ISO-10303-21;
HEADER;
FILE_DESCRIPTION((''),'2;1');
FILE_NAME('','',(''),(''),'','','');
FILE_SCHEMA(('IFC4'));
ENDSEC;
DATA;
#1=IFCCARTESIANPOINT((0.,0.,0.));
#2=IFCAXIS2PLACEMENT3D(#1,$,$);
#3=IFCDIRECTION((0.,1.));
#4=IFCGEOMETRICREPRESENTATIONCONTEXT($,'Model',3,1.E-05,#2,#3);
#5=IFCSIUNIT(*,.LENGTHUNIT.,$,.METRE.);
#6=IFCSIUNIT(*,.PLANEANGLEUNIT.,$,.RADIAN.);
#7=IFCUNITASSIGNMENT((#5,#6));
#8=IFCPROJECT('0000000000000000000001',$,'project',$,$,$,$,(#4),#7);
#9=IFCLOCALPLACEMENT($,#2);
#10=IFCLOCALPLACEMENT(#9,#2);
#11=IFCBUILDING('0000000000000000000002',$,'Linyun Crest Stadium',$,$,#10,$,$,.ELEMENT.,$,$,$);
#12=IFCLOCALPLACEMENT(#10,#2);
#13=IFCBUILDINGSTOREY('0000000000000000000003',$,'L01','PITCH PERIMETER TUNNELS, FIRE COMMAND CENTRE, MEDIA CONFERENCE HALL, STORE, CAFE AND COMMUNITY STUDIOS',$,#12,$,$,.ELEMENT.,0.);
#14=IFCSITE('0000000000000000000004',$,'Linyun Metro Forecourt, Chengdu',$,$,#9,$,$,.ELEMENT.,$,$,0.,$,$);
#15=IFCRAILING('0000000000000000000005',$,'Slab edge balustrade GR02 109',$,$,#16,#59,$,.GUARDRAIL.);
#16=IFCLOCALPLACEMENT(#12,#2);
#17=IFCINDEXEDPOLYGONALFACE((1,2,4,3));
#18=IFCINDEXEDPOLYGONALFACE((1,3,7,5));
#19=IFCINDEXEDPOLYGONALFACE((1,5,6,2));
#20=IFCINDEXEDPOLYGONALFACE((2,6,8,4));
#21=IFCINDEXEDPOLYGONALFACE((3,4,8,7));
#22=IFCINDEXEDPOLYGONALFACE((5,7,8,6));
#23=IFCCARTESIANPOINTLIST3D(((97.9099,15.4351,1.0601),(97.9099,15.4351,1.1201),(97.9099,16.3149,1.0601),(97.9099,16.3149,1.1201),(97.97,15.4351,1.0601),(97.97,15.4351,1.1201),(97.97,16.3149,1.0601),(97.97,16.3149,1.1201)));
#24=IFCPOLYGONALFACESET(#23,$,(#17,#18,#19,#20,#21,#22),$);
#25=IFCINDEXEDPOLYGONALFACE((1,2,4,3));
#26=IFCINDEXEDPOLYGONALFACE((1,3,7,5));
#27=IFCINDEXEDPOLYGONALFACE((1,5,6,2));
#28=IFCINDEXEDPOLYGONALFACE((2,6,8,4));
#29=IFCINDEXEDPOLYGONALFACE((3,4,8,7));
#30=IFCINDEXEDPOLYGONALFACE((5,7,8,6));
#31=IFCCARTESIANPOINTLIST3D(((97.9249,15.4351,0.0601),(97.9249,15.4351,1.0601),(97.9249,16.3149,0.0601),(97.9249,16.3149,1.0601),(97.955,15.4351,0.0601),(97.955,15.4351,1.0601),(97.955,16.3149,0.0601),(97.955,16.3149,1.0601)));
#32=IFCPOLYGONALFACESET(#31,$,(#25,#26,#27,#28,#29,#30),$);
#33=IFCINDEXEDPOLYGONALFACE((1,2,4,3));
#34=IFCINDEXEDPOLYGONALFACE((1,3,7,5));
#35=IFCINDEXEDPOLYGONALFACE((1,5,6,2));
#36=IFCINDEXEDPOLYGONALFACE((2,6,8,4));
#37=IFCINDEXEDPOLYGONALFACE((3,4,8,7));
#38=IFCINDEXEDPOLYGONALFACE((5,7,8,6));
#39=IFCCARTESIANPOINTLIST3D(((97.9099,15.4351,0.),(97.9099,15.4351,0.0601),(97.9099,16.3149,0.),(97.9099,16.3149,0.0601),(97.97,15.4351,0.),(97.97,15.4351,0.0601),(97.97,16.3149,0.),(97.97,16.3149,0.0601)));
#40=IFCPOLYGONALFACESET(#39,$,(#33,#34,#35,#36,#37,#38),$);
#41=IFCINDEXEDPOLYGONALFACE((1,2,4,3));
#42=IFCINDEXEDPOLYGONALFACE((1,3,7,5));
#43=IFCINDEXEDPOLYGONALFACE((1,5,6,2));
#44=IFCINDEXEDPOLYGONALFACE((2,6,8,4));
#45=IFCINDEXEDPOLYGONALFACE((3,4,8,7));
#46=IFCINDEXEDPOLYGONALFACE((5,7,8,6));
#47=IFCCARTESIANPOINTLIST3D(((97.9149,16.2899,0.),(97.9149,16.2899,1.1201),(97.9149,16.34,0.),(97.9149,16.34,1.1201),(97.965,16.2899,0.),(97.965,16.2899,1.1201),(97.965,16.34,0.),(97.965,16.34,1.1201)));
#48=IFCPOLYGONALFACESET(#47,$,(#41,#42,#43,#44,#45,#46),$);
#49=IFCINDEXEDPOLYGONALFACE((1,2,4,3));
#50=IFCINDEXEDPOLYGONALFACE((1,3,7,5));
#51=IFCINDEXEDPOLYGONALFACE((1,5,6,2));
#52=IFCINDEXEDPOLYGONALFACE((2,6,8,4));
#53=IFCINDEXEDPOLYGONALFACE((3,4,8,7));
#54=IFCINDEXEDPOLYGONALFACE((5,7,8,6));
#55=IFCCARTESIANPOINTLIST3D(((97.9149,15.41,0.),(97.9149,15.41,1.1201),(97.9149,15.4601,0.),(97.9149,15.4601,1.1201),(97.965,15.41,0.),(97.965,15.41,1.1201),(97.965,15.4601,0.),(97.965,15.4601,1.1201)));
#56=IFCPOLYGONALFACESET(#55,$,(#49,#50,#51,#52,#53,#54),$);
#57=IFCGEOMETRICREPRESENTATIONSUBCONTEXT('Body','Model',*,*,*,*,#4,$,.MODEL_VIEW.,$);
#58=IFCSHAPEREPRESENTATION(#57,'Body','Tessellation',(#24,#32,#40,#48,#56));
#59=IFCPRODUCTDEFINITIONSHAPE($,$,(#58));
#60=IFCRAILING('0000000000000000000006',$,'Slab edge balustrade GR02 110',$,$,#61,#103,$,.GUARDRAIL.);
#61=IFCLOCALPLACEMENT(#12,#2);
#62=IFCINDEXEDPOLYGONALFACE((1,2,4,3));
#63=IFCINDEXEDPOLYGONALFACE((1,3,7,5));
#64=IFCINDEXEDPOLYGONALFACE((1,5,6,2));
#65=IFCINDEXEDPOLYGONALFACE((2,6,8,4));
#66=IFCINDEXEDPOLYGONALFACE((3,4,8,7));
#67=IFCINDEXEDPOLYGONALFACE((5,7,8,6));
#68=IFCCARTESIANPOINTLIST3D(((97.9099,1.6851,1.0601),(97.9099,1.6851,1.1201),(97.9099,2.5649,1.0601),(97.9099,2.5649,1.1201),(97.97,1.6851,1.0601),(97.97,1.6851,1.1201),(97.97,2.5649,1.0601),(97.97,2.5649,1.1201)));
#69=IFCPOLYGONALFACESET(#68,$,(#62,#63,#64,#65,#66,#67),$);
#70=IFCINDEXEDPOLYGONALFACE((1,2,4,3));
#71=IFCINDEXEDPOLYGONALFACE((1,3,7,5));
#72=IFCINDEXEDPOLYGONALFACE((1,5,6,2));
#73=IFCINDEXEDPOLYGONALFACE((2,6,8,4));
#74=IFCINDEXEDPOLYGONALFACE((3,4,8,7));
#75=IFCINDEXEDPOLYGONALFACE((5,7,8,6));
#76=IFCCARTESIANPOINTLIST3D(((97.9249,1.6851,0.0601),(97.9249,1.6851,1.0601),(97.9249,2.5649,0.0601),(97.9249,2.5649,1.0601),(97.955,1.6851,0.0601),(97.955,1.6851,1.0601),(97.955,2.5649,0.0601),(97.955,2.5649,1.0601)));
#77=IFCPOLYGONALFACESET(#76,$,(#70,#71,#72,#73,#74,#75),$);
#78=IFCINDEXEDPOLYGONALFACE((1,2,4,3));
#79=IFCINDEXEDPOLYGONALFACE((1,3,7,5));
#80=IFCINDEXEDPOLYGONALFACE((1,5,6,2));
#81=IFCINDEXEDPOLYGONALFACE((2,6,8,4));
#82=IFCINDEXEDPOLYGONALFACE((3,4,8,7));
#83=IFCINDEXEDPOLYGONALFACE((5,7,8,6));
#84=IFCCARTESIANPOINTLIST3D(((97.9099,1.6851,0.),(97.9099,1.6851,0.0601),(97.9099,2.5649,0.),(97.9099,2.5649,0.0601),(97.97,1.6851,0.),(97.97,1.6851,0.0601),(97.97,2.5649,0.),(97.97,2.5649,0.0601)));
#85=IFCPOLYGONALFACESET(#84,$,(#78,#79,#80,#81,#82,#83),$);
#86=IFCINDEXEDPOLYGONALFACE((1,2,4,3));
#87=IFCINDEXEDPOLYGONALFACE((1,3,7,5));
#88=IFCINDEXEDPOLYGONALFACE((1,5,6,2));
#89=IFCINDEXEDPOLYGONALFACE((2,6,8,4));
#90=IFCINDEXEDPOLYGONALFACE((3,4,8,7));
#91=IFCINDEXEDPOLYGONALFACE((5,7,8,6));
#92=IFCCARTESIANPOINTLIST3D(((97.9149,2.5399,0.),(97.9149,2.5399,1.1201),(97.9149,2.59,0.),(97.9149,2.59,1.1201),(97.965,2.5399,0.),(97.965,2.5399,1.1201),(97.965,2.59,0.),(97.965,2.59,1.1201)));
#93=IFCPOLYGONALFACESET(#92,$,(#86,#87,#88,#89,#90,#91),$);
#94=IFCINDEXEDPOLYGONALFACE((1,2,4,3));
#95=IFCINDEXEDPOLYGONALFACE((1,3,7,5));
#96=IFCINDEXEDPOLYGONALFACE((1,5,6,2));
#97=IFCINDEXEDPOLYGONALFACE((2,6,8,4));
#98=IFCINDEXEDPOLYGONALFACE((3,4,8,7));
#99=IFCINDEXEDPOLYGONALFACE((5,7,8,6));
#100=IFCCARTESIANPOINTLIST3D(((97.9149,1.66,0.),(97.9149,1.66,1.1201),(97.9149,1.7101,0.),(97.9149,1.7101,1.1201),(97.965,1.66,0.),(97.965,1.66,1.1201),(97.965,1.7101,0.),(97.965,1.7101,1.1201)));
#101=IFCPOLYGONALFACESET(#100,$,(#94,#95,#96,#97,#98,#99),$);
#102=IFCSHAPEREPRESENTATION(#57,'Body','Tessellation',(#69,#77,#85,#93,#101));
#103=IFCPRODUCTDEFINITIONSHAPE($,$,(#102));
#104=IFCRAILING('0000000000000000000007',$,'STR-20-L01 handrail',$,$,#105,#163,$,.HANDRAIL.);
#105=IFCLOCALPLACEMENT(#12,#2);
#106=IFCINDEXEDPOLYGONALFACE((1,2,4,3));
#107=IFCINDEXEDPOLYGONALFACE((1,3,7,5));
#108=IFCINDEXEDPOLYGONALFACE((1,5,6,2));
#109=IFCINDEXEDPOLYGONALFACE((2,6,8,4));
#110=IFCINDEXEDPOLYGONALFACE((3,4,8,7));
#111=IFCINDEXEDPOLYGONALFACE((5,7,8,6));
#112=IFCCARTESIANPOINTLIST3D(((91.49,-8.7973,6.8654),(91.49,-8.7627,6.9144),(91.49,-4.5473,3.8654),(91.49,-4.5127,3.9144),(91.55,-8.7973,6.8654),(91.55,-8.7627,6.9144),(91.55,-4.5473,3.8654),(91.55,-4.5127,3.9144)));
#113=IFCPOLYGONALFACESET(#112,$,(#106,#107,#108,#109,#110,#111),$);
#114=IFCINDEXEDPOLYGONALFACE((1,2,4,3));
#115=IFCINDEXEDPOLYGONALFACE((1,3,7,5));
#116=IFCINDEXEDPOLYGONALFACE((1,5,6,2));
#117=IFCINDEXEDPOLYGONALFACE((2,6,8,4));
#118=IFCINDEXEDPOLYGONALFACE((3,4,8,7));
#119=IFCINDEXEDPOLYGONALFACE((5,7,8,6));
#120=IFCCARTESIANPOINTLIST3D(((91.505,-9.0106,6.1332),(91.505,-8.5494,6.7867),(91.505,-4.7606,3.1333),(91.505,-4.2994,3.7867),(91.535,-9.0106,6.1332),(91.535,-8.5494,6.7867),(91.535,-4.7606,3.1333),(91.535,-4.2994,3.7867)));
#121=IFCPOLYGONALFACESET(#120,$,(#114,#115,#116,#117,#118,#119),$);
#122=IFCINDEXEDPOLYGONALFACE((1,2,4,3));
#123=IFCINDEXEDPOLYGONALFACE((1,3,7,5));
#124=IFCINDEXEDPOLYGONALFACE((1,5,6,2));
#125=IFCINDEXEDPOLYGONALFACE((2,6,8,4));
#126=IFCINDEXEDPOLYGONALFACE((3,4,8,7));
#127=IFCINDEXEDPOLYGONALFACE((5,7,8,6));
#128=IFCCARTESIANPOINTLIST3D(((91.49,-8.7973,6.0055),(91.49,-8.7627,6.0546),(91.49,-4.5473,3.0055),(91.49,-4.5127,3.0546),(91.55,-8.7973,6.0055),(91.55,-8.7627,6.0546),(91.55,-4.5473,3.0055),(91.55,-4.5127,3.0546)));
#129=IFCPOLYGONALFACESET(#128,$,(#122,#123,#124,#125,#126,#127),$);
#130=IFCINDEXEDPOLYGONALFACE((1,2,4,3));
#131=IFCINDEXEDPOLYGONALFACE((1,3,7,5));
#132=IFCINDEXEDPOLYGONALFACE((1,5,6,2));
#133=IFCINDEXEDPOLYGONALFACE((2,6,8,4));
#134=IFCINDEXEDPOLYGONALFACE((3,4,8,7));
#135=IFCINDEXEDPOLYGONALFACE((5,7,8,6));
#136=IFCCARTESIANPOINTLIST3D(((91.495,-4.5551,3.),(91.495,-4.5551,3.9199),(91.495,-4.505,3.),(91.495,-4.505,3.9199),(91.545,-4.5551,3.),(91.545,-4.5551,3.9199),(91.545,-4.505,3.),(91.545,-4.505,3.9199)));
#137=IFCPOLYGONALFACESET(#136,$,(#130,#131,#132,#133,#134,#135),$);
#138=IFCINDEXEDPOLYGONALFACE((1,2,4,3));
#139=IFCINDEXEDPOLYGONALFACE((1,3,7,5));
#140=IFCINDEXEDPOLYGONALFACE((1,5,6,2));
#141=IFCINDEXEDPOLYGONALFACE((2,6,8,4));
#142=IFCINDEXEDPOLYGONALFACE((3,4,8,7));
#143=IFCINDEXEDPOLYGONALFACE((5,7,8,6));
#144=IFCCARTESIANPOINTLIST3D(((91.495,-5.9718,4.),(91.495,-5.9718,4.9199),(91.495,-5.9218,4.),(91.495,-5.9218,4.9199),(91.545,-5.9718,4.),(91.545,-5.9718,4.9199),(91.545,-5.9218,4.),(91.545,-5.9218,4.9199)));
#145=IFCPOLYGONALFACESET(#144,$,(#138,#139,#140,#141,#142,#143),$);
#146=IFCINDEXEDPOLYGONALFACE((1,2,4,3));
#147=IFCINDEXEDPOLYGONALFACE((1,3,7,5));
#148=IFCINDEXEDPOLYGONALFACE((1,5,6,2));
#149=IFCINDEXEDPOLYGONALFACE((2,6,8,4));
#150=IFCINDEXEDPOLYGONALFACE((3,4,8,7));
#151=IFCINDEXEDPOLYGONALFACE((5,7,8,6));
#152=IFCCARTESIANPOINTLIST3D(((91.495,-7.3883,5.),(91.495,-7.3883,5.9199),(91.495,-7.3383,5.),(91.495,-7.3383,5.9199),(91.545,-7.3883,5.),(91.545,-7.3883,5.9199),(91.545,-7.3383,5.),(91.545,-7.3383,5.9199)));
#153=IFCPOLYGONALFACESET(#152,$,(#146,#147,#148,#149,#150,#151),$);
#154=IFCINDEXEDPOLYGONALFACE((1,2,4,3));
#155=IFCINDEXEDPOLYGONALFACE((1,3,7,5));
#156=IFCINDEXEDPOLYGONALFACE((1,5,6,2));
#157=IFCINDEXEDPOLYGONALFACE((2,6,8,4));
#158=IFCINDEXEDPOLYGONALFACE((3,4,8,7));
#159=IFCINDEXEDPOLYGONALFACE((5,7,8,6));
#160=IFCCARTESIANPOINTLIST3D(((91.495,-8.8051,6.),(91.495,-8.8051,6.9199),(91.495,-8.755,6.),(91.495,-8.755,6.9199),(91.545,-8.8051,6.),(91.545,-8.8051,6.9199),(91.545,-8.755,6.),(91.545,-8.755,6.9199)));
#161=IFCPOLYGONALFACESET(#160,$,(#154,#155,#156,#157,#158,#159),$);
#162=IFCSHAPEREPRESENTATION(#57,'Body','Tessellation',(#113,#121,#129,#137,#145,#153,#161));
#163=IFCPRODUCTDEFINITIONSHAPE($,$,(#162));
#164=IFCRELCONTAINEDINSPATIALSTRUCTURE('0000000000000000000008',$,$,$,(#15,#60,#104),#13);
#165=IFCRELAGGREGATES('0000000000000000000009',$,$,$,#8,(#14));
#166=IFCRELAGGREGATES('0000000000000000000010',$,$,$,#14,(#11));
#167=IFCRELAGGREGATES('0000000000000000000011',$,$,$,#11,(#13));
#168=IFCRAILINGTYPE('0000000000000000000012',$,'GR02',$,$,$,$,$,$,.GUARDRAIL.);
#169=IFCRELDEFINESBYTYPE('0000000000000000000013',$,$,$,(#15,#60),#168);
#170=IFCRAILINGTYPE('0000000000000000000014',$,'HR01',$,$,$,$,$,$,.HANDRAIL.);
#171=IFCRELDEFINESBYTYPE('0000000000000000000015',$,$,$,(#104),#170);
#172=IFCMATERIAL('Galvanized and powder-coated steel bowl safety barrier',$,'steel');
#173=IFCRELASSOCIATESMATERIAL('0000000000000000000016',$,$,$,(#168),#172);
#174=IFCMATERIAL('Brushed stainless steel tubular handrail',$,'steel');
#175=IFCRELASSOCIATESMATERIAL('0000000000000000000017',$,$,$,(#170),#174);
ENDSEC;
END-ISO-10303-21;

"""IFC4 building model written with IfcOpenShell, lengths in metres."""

from ifc_helpers import new_model, si_unit, direction, frame, origin, origin_2d, place, context, subcontext, project, spatial, rectangle, extrude, material, type_object, element, save


model = new_model("IFC4")

# Units and contexts
model_context = context("Model", 3, precision=1e-05, world=origin(), true_north=direction((0.0, 1.0)))
body_context = subcontext(model_context, "Body", "Model", "MODEL_VIEW")
ifc_project = project(units=[si_unit("LENGTHUNIT", "METRE"), si_unit("PLANEANGLEUNIT", "RADIAN")], contexts=[model_context])

# Site, building, storey
site_placement = place(None, origin())
site = spatial("IfcSite", under=ifc_project, at=site_placement, Name="Linyun Metro Forecourt, Chengdu", CompositionType="ELEMENT", RefElevation=0.0)
building_placement = place(site_placement, origin())
building = spatial("IfcBuilding", under=site, at=building_placement, Name="Linyun Crest Stadium", CompositionType="ELEMENT")
storey_placement = place(building_placement, origin())
storey = spatial("IfcBuildingStorey", under=building, at=storey_placement, Name="L01", Description="PITCH PERIMETER TUNNELS, FIRE COMMAND CENTRE, MEDIA CONFERENCE HALL, STORE, CAFE AND COMMUNITY STUDIOS", CompositionType="ELEMENT", Elevation=0.0)

# Railings
ifc_material_1 = material(Name="Galvanized and powder-coated steel bowl safety barrier", Category="steel")
railing_type_1 = type_object("IfcRailingType", Name="GR02", PredefinedType="GUARDRAIL", material=ifc_material_1)
for number, where, name in (
    (1, (97.9399, 16.3149, 0.0), "Slab edge balustrade GR02 109"),
    (2, (97.9399, 2.5649, 0.0), "Slab edge balustrade GR02 110"),
):
    element("IfcRailing", number, at=place(storey_placement, frame(where)), inside=storey, type_object=railing_type_1, Name=name, PredefinedType="GUARDRAIL", context=body_context, shape_type="SweptSolid", body=[
        extrude(rectangle(XDim=0.0601, YDim=0.0601, at=origin_2d()), frame((0.0, 0.0, 1.0901), z_axis=(0.0, -1.0, 0.0), x_axis=(1.0, 0.0, 0.0)), (0.0, 0.0, 1.0), 0.8799),
        extrude(rectangle(XDim=0.03, YDim=1.0, at=origin_2d()), frame((0.0, 0.0, 0.5601), z_axis=(0.0, -1.0, 0.0), x_axis=(1.0, 0.0, 0.0)), (0.0, 0.0, 1.0), 0.8799),
        extrude(rectangle(XDim=0.0601, YDim=0.0601, at=origin_2d()), frame((0.0, 0.0, 0.03), z_axis=(0.0, -1.0, 0.0), x_axis=(1.0, 0.0, 0.0)), (0.0, 0.0, 1.0), 0.8799),
        extrude(rectangle(XDim=0.05, YDim=0.05, at=origin_2d()), origin(), (0.0, 0.0, 1.0), 1.1201),
        extrude(rectangle(XDim=0.05, YDim=0.05, at=origin_2d()), frame((0.0, -0.8799, 0.0)), (0.0, 0.0, 1.0), 1.1201),
    ])
ifc_material_2 = material(Name="Brushed stainless steel tubular handrail", Category="steel")
railing_type_2 = type_object("IfcRailingType", Name="HR01", PredefinedType="HANDRAIL", material=ifc_material_2)
railing_placement = place(storey_placement, frame((91.52, -4.53, 3.0)))
element("IfcRailing", 3, at=railing_placement, inside=storey, type_object=railing_type_2, Name="STR-20-L01 handrail", PredefinedType="HANDRAIL", context=body_context, shape_type="SweptSolid", body=[
    extrude(rectangle(XDim=0.0601, YDim=0.0601, at=origin_2d()), frame((0.0, 0.0, 0.8899), z_axis=(0.0, -0.816968, 0.576683), x_axis=(1.0, 0.0, 0.0)), (0.0, 0.0, 1.0), 5.2021),
    extrude(rectangle(XDim=0.03, YDim=0.7998, at=origin_2d()), frame((0.0, 0.0, 0.46), z_axis=(0.0, -0.816968, 0.576683), x_axis=(1.0, 0.0, 0.0)), (0.0, 0.0, 1.0), 5.2021),
    extrude(rectangle(XDim=0.0601, YDim=0.0601, at=origin_2d()), frame((0.0, 0.0, 0.03), z_axis=(0.0, -0.816968, 0.576683), x_axis=(1.0, 0.0, 0.0)), (0.0, 0.0, 1.0), 5.2021),
    extrude(rectangle(XDim=0.05, YDim=0.05, at=origin_2d()), origin(), (0.0, 0.0, 1.0), 0.9199),
    extrude(rectangle(XDim=0.05, YDim=0.05, at=origin_2d()), frame((0.0, -1.4167, 1.0)), (0.0, 0.0, 1.0), 0.9199),
    extrude(rectangle(XDim=0.05, YDim=0.05, at=origin_2d()), frame((0.0, -2.8333, 2.0)), (0.0, 0.0, 1.0), 0.9199),
    extrude(rectangle(XDim=0.05, YDim=0.05, at=origin_2d()), frame((0.0, -4.25, 3.0)), (0.0, 0.0, 1.0), 0.9199),
])

save(model, "model.ifc")
